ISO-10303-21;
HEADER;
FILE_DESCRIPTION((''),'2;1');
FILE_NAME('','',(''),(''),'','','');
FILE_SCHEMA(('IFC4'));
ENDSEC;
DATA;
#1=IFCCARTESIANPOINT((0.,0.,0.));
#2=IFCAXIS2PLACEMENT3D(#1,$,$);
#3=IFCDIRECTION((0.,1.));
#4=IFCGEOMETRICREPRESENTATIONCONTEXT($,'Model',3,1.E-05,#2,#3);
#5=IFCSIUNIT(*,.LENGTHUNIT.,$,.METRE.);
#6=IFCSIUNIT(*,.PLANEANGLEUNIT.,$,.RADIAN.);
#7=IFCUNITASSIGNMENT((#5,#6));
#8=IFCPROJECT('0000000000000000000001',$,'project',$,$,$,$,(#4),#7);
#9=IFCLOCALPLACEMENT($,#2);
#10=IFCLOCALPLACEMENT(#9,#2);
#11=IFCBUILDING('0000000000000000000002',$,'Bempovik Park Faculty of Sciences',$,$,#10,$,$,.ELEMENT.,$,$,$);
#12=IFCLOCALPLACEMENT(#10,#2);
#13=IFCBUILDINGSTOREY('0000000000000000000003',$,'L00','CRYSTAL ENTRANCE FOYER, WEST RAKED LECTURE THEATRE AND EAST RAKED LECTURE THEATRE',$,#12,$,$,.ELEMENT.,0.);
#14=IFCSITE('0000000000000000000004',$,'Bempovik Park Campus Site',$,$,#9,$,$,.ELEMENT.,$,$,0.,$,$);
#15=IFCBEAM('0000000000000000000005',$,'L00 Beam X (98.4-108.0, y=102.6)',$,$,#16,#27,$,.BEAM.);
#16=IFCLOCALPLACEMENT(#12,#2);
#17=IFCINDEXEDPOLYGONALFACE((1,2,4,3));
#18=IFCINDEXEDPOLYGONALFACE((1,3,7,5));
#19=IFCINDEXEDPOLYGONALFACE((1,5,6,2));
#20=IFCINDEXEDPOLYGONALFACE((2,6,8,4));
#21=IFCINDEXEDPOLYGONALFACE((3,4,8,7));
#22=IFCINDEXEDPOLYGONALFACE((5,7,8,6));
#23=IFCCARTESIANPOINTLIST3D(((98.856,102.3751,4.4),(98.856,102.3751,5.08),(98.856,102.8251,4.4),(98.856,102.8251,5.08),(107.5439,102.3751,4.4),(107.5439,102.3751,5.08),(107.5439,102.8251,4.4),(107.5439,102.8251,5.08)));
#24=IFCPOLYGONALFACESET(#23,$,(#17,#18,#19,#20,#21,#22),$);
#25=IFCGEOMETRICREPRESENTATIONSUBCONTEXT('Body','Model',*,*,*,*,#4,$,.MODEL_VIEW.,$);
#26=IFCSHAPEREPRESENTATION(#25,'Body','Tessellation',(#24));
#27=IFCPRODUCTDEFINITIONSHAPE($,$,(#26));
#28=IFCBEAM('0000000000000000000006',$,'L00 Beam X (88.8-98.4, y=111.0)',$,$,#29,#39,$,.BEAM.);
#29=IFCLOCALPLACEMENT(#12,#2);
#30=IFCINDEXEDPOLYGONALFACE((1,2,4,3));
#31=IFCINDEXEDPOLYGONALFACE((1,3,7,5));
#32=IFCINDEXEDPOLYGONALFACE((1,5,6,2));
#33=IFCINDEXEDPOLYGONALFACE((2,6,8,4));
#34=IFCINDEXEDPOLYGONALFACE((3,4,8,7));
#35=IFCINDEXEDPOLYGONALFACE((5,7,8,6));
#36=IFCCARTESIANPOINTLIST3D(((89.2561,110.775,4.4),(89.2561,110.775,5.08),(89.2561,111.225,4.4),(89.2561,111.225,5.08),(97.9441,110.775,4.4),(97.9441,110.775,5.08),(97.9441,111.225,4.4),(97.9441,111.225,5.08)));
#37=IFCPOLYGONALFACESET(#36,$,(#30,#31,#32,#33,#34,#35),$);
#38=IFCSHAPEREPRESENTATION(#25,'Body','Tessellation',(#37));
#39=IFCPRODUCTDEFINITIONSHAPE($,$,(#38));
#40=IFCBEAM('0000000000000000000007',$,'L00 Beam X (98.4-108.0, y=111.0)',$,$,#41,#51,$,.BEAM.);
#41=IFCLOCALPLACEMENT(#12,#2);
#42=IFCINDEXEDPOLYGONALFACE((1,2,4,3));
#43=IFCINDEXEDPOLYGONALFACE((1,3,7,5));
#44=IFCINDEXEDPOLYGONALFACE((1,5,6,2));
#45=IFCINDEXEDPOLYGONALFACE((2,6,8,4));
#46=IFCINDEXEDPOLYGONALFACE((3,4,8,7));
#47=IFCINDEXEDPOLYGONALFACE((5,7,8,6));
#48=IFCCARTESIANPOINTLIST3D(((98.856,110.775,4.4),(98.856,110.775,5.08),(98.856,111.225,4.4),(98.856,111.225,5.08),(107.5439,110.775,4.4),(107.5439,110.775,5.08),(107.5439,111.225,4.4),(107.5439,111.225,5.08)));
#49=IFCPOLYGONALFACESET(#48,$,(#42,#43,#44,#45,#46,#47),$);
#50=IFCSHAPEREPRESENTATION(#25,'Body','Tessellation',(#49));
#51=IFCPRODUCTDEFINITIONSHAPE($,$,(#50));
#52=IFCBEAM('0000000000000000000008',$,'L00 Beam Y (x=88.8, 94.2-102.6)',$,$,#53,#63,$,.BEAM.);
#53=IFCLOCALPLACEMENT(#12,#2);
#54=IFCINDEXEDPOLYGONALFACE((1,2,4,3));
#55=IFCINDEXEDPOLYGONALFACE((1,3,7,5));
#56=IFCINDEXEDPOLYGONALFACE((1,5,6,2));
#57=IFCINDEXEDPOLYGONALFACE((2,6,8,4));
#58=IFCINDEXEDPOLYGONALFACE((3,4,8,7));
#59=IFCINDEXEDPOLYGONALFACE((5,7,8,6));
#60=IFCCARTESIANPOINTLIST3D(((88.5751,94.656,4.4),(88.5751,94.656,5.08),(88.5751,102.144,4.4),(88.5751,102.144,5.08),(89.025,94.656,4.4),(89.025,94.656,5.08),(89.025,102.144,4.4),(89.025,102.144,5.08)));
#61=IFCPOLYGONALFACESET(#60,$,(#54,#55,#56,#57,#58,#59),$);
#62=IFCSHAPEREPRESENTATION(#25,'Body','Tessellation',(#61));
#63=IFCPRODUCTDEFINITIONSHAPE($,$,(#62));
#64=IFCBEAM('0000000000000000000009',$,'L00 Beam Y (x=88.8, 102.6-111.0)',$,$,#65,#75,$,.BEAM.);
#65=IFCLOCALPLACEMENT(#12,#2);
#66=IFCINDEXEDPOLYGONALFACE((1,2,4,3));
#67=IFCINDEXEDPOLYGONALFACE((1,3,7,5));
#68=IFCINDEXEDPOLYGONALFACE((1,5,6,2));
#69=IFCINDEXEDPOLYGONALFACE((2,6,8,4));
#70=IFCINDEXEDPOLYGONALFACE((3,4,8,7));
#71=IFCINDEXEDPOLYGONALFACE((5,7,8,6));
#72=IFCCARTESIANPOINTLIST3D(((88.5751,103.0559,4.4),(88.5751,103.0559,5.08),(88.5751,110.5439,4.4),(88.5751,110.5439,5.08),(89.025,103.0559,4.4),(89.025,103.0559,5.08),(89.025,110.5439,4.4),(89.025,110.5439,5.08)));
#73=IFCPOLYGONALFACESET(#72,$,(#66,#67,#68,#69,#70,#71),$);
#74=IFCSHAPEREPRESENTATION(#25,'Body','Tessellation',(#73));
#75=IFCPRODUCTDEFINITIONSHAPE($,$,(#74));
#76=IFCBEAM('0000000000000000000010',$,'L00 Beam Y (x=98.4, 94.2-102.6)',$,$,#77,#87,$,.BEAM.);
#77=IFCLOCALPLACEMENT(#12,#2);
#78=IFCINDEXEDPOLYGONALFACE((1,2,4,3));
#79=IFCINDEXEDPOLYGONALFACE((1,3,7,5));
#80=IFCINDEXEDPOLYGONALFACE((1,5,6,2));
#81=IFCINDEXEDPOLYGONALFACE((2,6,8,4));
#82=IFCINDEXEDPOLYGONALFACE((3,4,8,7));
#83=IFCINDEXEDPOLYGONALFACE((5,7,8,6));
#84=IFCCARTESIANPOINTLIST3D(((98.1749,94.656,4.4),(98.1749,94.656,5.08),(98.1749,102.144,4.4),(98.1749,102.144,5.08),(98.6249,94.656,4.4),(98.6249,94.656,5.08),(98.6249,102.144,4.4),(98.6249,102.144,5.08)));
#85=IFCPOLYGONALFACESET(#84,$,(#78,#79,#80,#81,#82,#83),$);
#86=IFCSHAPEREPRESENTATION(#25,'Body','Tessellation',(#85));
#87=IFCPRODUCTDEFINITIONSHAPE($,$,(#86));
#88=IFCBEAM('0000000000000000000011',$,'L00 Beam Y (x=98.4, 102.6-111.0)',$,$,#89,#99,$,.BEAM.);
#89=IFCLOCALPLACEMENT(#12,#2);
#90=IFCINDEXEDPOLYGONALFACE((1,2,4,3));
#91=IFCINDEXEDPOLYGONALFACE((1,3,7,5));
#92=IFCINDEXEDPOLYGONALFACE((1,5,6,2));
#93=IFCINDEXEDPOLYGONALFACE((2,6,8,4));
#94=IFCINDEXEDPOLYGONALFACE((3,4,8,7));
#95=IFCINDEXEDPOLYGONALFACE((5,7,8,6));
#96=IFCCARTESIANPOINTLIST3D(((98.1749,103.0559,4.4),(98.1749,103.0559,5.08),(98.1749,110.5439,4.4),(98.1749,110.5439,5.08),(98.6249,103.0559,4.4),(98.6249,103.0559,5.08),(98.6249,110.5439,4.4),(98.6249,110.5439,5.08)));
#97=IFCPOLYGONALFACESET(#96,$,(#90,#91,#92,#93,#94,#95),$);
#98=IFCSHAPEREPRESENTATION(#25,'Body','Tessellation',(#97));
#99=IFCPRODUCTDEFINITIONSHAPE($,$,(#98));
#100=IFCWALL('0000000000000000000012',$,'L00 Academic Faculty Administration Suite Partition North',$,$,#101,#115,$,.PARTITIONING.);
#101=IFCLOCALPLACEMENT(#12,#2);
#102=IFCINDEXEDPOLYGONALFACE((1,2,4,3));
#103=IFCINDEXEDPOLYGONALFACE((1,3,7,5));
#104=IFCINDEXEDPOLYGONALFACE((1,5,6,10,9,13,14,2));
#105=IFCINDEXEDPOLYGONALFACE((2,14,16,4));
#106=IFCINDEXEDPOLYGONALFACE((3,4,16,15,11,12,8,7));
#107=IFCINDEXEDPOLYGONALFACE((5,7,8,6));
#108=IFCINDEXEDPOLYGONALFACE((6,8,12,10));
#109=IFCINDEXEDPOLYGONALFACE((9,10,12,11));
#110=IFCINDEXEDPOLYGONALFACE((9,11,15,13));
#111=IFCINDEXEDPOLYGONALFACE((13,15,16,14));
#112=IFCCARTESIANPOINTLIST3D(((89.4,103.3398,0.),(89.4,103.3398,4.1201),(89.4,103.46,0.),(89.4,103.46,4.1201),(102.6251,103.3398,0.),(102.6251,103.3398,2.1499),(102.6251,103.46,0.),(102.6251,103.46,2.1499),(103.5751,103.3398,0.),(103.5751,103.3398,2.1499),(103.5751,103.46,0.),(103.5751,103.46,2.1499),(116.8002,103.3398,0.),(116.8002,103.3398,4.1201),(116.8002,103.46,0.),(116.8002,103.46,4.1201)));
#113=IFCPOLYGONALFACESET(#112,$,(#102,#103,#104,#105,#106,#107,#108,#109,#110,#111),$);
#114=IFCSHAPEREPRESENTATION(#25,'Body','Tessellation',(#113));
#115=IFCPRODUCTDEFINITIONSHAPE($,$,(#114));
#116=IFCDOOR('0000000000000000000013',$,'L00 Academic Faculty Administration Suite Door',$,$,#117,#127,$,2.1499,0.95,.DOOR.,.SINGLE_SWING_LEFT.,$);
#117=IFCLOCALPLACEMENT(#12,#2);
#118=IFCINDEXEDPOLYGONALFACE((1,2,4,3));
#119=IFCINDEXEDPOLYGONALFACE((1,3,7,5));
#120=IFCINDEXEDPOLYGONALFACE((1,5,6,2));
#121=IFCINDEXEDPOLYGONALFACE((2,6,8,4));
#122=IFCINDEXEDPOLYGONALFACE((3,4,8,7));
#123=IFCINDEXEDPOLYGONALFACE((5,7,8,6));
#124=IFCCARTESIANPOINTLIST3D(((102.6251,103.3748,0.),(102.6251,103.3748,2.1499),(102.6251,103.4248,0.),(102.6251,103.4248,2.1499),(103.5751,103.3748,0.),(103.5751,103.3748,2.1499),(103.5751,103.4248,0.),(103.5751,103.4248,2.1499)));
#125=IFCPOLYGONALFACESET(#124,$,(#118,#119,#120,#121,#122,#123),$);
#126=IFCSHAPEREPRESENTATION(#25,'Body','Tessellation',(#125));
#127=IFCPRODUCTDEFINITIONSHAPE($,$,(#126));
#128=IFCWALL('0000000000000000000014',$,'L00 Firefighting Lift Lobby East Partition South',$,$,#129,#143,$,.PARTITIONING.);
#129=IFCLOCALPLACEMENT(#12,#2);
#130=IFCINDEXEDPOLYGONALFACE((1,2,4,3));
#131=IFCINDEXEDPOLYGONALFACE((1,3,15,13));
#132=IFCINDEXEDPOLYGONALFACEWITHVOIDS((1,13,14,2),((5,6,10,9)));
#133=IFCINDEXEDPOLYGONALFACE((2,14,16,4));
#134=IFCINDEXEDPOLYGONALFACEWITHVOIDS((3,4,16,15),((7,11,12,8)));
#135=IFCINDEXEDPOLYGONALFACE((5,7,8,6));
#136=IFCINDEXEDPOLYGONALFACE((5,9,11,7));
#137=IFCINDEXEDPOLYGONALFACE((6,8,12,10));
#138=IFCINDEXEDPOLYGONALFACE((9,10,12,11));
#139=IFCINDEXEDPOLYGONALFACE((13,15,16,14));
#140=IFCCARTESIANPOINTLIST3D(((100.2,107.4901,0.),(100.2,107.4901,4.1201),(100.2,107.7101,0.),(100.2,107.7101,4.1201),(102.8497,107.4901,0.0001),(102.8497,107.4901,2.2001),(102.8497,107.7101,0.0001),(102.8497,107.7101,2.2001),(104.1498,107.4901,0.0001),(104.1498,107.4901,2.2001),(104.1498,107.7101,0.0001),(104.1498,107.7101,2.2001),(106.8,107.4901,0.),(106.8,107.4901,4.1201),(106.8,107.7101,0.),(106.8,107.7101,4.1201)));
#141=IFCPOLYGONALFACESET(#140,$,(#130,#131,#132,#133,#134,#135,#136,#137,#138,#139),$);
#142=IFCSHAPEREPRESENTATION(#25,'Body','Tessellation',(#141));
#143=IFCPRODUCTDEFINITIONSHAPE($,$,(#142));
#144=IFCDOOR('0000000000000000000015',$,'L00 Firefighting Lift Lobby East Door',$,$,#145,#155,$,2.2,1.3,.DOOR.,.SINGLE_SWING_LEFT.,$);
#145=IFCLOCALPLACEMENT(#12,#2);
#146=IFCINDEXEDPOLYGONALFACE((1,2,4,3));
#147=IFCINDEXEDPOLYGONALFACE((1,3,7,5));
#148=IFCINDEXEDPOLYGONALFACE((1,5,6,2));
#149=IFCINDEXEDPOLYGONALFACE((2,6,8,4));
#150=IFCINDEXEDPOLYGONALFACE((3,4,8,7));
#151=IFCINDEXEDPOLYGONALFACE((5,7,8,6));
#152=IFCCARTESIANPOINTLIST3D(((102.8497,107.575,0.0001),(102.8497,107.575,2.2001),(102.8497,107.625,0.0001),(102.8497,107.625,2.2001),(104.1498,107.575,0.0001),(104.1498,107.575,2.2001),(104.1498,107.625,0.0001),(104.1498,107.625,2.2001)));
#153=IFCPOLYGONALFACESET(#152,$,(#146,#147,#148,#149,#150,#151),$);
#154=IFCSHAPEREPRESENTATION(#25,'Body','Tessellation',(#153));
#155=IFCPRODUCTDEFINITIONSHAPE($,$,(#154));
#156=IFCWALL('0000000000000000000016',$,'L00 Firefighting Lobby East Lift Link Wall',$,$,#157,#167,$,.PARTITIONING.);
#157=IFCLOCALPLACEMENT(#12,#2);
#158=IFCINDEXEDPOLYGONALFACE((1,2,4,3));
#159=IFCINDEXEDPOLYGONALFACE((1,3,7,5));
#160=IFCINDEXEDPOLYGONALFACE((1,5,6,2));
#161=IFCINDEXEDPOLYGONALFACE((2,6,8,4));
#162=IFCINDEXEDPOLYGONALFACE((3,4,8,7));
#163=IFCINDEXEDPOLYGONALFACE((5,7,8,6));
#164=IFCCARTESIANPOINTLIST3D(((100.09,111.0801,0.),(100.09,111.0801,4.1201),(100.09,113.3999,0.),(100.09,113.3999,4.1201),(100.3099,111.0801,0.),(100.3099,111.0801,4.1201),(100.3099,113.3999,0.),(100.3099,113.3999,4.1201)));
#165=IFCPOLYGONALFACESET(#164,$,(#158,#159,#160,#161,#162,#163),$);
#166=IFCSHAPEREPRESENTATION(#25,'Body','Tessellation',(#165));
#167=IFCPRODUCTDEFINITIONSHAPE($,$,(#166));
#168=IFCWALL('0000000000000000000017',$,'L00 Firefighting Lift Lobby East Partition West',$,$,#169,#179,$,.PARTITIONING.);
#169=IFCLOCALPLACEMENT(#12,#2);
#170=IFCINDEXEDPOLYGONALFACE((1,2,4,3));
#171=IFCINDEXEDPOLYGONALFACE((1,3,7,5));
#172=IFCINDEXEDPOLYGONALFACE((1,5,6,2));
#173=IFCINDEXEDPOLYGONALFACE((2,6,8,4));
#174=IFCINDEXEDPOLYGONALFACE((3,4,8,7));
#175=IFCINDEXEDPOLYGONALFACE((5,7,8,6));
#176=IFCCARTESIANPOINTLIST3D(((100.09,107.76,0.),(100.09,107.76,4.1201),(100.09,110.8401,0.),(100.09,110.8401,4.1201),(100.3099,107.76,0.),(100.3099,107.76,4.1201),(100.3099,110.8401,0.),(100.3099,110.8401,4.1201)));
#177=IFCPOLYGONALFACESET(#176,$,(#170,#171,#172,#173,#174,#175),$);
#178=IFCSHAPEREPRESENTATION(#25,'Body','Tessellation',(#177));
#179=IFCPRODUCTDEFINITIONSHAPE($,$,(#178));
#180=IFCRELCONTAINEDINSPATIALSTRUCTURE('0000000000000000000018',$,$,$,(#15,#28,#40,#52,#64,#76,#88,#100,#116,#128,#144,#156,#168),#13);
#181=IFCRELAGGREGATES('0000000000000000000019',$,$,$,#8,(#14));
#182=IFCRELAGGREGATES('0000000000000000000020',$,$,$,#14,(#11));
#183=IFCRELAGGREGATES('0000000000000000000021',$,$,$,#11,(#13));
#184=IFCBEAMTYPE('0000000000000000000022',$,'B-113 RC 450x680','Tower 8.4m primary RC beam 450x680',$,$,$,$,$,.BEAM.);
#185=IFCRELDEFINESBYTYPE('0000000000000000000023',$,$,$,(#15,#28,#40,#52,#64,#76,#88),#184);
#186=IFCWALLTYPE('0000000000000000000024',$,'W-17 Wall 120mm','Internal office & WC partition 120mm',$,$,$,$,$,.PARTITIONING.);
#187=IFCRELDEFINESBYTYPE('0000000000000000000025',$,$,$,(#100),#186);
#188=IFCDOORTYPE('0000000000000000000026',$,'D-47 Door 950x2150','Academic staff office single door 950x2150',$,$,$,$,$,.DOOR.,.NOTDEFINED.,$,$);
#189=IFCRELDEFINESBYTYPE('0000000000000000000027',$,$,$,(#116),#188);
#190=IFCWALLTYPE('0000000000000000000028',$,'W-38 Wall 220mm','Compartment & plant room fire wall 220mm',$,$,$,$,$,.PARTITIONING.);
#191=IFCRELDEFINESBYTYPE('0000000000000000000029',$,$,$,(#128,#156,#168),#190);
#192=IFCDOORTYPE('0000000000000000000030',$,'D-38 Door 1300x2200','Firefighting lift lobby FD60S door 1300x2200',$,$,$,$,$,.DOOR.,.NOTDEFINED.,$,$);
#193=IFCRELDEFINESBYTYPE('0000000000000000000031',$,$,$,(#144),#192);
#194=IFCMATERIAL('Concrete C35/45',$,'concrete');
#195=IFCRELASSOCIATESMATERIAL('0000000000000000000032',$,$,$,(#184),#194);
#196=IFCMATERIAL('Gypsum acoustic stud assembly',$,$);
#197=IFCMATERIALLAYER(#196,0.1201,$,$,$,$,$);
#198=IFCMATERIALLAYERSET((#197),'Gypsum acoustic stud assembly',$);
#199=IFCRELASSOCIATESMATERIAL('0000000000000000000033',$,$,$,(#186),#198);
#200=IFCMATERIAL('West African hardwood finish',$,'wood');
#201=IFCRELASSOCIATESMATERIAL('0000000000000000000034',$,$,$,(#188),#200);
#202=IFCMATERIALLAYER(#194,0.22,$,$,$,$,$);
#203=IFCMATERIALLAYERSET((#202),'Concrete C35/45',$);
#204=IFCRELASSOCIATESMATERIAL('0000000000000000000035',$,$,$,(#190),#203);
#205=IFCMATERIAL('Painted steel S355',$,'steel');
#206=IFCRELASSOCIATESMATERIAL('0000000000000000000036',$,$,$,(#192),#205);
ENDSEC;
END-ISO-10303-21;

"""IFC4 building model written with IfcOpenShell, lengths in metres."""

from ifc_helpers import new_model, si_unit, direction, frame, frame_2d, origin, origin_2d, place, context, subcontext, project, spatial, rectangle, extrude, material, layer, layer_set, material_profile, profile_set, type_object, element, fill, save


model = new_model("IFC4")

# Units and contexts
model_context = context("Model", 3, precision=1e-05, world=origin(), true_north=direction((0.0, 1.0)))
body_context = subcontext(model_context, "Body", "Model", "MODEL_VIEW")
ifc_project = project(units=[si_unit("LENGTHUNIT", "METRE"), si_unit("PLANEANGLEUNIT", "RADIAN")], contexts=[model_context])

# Site, building, storey
site_placement = place(None, origin())
site = spatial("IfcSite", under=ifc_project, at=site_placement, Name="Bempovik Park Campus Site", CompositionType="ELEMENT", RefElevation=0.0)
building_placement = place(site_placement, origin())
building = spatial("IfcBuilding", under=site, at=building_placement, Name="Bempovik Park Faculty of Sciences", CompositionType="ELEMENT")
storey_placement = place(building_placement, origin())
storey = spatial("IfcBuildingStorey", under=building, at=storey_placement, Name="L00", Description="CRYSTAL ENTRANCE FOYER, WEST RAKED LECTURE THEATRE AND EAST RAKED LECTURE THEATRE", CompositionType="ELEMENT", Elevation=0.0)

# Beams
ifc_material_1 = material(Name="Concrete C35/45", Category="concrete")
ifc_material_profile_1 = material_profile(ifc_material_1, rectangle(XDim=0.45, YDim=0.6799, at=origin_2d()), Name="RC 450x680")
ifc_profile_set_1 = profile_set([ifc_material_profile_1], Name="Concrete C35/45")
beam_type_1 = type_object("IfcBeamType", Name="B-113 RC 450x680", Description="Tower 8.4m primary RC beam 450x680", PredefinedType="BEAM", material=ifc_profile_set_1)
for number, where, z_axis, x_axis, name in (
    (1, (98.856, 102.6001, 4.74), (1.0, 0.0, 0.0), (0.0, 1.0, 0.0), "L00 Beam X (98.4-108.0, y=102.6)"),
    (2, (89.2561, 111.0, 4.74), (1.0, 0.0, 0.0), (0.0, 1.0, 0.0), "L00 Beam X (88.8-98.4, y=111.0)"),
    (3, (98.856, 111.0, 4.74), (1.0, 0.0, 0.0), (0.0, 1.0, 0.0), "L00 Beam X (98.4-108.0, y=111.0)"),
):
    element("IfcBeam", number, at=place(storey_placement, frame(where, z_axis=z_axis, x_axis=x_axis)), inside=storey, type_object=beam_type_1, Name=name, PredefinedType="BEAM", context=body_context, shape_type="SweptSolid", body=[
        extrude(rectangle(XDim=0.45, YDim=0.6799, at=origin_2d()), origin(), (0.0, 0.0, 1.0), 8.688),
    ])
for number, where, z_axis, x_axis, name in (
    (4, (88.8, 94.656, 4.74), (0.0, 1.0, 0.0), (-1.0, 0.0, 0.0), "L00 Beam Y (x=88.8, 94.2-102.6)"),
    (5, (88.8, 103.0559, 4.74), (0.0, 1.0, 0.0), (-1.0, 0.0, 0.0), "L00 Beam Y (x=88.8, 102.6-111.0)"),
    (6, (98.3999, 94.656, 4.74), (0.0, 1.0, 0.0), (-1.0, 0.0, 0.0), "L00 Beam Y (x=98.4, 94.2-102.6)"),
    (7, (98.3999, 103.0559, 4.74), (0.0, 1.0, 0.0), (-1.0, 0.0, 0.0), "L00 Beam Y (x=98.4, 102.6-111.0)"),
):
    element("IfcBeam", number, at=place(storey_placement, frame(where, z_axis=z_axis, x_axis=x_axis)), inside=storey, type_object=beam_type_1, Name=name, PredefinedType="BEAM", context=body_context, shape_type="SweptSolid", body=[
        extrude(rectangle(XDim=0.45, YDim=0.6799, at=origin_2d()), origin(), (0.0, 0.0, 1.0), 7.488),
    ])

# Walls, openings, doors
ifc_material_2 = material(Name="Gypsum acoustic stud assembly")
ifc_layer_1 = layer(ifc_material_2, 0.1201)
ifc_layer_set_1 = layer_set([ifc_layer_1], Name="Gypsum acoustic stud assembly")
wall_type_1 = type_object("IfcWallType", Name="W-17 Wall 120mm", Description="Internal office & WC partition 120mm", PredefinedType="PARTITIONING", material=ifc_layer_set_1)
wall_1_placement = place(storey_placement, frame((89.3999, 103.3999, 0.0), z_axis=(0.0, 0.0, 1.0), x_axis=(1.0, 0.0, 0.0)))
wall_1 = element("IfcWall", 8, at=wall_1_placement, inside=storey, type_object=wall_type_1, Name="L00 Academic Faculty Administration Suite Partition North", PredefinedType="PARTITIONING", context=body_context, shape_type="SweptSolid", body=[
    extrude(rectangle(XDim=27.4001, YDim=0.1201, at=frame_2d((13.7002, 0.0))), origin(), (0.0, 0.0, 1.0), 4.1201),
])
opening_1_placement = place(wall_1_placement, frame((13.2251, 0.0, 0.0)))
opening_1 = element("IfcOpeningElement", 9, at=opening_1_placement, cuts=wall_1, PredefinedType="OPENING", context=body_context, shape_type="SweptSolid", body=[
    extrude(rectangle(XDim=0.95, YDim=2.1499, at=frame_2d((0.4751, 1.075))), frame((0.0, 0.0701, 0.0), z_axis=(0.0, -1.0, 0.0), x_axis=(1.0, 0.0, 0.0)), (0.0, 0.0, 1.0), 0.1401),
])
ifc_material_3 = material(Name="West African hardwood finish", Category="wood")
door_type_1 = type_object("IfcDoorType", Name="D-47 Door 950x2150", Description="Academic staff office single door 950x2150", OperationType="NOTDEFINED", PredefinedType="DOOR", material=ifc_material_3)
door_1_placement = place(opening_1_placement, origin())
door_1 = element("IfcDoor", 10, at=door_1_placement, inside=storey, type_object=door_type_1, Name="L00 Academic Faculty Administration Suite Door", OperationType="SINGLE_SWING_LEFT", OverallHeight=2.1499, OverallWidth=0.95, PredefinedType="DOOR", context=body_context, shape_type="SweptSolid", body=[
    extrude(rectangle(XDim=0.95, YDim=2.1499, at=frame_2d((0.4751, 1.075))), frame((0.0, 0.0249, 0.0), z_axis=(0.0, -1.0, 0.0), x_axis=(1.0, 0.0, 0.0)), (0.0, 0.0, 1.0), 0.05),
])
fill(opening_1, door_1)
ifc_layer_2 = layer(ifc_material_1, 0.22)
ifc_layer_set_2 = layer_set([ifc_layer_2], Name="Concrete C35/45")
wall_type_2 = type_object("IfcWallType", Name="W-38 Wall 220mm", Description="Compartment & plant room fire wall 220mm", PredefinedType="PARTITIONING", material=ifc_layer_set_2)
wall_2_placement = place(storey_placement, frame((100.2, 107.6001, 0.0), z_axis=(0.0, 0.0, 1.0), x_axis=(1.0, 0.0, 0.0)))
wall_2 = element("IfcWall", 11, at=wall_2_placement, inside=storey, type_object=wall_type_2, Name="L00 Firefighting Lift Lobby East Partition South", PredefinedType="PARTITIONING", context=body_context, shape_type="SweptSolid", body=[
    extrude(rectangle(XDim=6.6001, YDim=0.22, at=frame_2d((3.3, 0.0))), origin(), (0.0, 0.0, 1.0), 4.1201),
])
opening_2_placement = place(wall_2_placement, frame((2.6499, 0.0, 0.0)))
opening_2 = element("IfcOpeningElement", 12, at=opening_2_placement, cuts=wall_2, PredefinedType="OPENING", context=body_context, shape_type="SweptSolid", body=[
    extrude(rectangle(XDim=1.3, YDim=2.2, at=frame_2d((0.6499, 1.1001))), frame((0.0, 0.1201, 0.0), z_axis=(0.0, -1.0, 0.0), x_axis=(1.0, 0.0, 0.0)), (0.0, 0.0, 1.0), 0.24),
])
ifc_material_4 = material(Name="Painted steel S355", Category="steel")
door_type_2 = type_object("IfcDoorType", Name="D-38 Door 1300x2200", Description="Firefighting lift lobby FD60S door 1300x2200", OperationType="NOTDEFINED", PredefinedType="DOOR", material=ifc_material_4)
door_2_placement = place(opening_2_placement, origin())
door_2 = element("IfcDoor", 13, at=door_2_placement, inside=storey, type_object=door_type_2, Name="L00 Firefighting Lift Lobby East Door", OperationType="SINGLE_SWING_LEFT", OverallHeight=2.2, OverallWidth=1.3, PredefinedType="DOOR", context=body_context, shape_type="SweptSolid", body=[
    extrude(rectangle(XDim=1.3, YDim=2.2, at=frame_2d((0.6499, 1.1001))), frame((0.0, 0.0249, 0.0), z_axis=(0.0, -1.0, 0.0), x_axis=(1.0, 0.0, 0.0)), (0.0, 0.0, 1.0), 0.05),
])
fill(opening_2, door_2)

# Walls
wall_3_placement = place(storey_placement, frame((100.2, 111.0801, 0.0), z_axis=(0.0, 0.0, 1.0), x_axis=(0.0, 1.0, 0.0)))
element("IfcWall", 14, at=wall_3_placement, inside=storey, type_object=wall_type_2, Name="L00 Firefighting Lobby East Lift Link Wall", PredefinedType="PARTITIONING", context=body_context, shape_type="SweptSolid", body=[
    extrude(rectangle(XDim=2.3198, YDim=0.22, at=frame_2d((1.1599, 0.0))), origin(), (0.0, 0.0, 1.0), 4.1201),
])
wall_4_placement = place(storey_placement, frame((100.2, 107.76, 0.0), z_axis=(0.0, 0.0, 1.0), x_axis=(0.0, 1.0, 0.0)))
element("IfcWall", 15, at=wall_4_placement, inside=storey, type_object=wall_type_2, Name="L00 Firefighting Lift Lobby East Partition West", PredefinedType="PARTITIONING", context=body_context, shape_type="SweptSolid", body=[
    extrude(rectangle(XDim=3.0801, YDim=0.22, at=frame_2d((1.54, 0.0))), origin(), (0.0, 0.0, 1.0), 4.1201),
])

save(model, "model.ifc")
